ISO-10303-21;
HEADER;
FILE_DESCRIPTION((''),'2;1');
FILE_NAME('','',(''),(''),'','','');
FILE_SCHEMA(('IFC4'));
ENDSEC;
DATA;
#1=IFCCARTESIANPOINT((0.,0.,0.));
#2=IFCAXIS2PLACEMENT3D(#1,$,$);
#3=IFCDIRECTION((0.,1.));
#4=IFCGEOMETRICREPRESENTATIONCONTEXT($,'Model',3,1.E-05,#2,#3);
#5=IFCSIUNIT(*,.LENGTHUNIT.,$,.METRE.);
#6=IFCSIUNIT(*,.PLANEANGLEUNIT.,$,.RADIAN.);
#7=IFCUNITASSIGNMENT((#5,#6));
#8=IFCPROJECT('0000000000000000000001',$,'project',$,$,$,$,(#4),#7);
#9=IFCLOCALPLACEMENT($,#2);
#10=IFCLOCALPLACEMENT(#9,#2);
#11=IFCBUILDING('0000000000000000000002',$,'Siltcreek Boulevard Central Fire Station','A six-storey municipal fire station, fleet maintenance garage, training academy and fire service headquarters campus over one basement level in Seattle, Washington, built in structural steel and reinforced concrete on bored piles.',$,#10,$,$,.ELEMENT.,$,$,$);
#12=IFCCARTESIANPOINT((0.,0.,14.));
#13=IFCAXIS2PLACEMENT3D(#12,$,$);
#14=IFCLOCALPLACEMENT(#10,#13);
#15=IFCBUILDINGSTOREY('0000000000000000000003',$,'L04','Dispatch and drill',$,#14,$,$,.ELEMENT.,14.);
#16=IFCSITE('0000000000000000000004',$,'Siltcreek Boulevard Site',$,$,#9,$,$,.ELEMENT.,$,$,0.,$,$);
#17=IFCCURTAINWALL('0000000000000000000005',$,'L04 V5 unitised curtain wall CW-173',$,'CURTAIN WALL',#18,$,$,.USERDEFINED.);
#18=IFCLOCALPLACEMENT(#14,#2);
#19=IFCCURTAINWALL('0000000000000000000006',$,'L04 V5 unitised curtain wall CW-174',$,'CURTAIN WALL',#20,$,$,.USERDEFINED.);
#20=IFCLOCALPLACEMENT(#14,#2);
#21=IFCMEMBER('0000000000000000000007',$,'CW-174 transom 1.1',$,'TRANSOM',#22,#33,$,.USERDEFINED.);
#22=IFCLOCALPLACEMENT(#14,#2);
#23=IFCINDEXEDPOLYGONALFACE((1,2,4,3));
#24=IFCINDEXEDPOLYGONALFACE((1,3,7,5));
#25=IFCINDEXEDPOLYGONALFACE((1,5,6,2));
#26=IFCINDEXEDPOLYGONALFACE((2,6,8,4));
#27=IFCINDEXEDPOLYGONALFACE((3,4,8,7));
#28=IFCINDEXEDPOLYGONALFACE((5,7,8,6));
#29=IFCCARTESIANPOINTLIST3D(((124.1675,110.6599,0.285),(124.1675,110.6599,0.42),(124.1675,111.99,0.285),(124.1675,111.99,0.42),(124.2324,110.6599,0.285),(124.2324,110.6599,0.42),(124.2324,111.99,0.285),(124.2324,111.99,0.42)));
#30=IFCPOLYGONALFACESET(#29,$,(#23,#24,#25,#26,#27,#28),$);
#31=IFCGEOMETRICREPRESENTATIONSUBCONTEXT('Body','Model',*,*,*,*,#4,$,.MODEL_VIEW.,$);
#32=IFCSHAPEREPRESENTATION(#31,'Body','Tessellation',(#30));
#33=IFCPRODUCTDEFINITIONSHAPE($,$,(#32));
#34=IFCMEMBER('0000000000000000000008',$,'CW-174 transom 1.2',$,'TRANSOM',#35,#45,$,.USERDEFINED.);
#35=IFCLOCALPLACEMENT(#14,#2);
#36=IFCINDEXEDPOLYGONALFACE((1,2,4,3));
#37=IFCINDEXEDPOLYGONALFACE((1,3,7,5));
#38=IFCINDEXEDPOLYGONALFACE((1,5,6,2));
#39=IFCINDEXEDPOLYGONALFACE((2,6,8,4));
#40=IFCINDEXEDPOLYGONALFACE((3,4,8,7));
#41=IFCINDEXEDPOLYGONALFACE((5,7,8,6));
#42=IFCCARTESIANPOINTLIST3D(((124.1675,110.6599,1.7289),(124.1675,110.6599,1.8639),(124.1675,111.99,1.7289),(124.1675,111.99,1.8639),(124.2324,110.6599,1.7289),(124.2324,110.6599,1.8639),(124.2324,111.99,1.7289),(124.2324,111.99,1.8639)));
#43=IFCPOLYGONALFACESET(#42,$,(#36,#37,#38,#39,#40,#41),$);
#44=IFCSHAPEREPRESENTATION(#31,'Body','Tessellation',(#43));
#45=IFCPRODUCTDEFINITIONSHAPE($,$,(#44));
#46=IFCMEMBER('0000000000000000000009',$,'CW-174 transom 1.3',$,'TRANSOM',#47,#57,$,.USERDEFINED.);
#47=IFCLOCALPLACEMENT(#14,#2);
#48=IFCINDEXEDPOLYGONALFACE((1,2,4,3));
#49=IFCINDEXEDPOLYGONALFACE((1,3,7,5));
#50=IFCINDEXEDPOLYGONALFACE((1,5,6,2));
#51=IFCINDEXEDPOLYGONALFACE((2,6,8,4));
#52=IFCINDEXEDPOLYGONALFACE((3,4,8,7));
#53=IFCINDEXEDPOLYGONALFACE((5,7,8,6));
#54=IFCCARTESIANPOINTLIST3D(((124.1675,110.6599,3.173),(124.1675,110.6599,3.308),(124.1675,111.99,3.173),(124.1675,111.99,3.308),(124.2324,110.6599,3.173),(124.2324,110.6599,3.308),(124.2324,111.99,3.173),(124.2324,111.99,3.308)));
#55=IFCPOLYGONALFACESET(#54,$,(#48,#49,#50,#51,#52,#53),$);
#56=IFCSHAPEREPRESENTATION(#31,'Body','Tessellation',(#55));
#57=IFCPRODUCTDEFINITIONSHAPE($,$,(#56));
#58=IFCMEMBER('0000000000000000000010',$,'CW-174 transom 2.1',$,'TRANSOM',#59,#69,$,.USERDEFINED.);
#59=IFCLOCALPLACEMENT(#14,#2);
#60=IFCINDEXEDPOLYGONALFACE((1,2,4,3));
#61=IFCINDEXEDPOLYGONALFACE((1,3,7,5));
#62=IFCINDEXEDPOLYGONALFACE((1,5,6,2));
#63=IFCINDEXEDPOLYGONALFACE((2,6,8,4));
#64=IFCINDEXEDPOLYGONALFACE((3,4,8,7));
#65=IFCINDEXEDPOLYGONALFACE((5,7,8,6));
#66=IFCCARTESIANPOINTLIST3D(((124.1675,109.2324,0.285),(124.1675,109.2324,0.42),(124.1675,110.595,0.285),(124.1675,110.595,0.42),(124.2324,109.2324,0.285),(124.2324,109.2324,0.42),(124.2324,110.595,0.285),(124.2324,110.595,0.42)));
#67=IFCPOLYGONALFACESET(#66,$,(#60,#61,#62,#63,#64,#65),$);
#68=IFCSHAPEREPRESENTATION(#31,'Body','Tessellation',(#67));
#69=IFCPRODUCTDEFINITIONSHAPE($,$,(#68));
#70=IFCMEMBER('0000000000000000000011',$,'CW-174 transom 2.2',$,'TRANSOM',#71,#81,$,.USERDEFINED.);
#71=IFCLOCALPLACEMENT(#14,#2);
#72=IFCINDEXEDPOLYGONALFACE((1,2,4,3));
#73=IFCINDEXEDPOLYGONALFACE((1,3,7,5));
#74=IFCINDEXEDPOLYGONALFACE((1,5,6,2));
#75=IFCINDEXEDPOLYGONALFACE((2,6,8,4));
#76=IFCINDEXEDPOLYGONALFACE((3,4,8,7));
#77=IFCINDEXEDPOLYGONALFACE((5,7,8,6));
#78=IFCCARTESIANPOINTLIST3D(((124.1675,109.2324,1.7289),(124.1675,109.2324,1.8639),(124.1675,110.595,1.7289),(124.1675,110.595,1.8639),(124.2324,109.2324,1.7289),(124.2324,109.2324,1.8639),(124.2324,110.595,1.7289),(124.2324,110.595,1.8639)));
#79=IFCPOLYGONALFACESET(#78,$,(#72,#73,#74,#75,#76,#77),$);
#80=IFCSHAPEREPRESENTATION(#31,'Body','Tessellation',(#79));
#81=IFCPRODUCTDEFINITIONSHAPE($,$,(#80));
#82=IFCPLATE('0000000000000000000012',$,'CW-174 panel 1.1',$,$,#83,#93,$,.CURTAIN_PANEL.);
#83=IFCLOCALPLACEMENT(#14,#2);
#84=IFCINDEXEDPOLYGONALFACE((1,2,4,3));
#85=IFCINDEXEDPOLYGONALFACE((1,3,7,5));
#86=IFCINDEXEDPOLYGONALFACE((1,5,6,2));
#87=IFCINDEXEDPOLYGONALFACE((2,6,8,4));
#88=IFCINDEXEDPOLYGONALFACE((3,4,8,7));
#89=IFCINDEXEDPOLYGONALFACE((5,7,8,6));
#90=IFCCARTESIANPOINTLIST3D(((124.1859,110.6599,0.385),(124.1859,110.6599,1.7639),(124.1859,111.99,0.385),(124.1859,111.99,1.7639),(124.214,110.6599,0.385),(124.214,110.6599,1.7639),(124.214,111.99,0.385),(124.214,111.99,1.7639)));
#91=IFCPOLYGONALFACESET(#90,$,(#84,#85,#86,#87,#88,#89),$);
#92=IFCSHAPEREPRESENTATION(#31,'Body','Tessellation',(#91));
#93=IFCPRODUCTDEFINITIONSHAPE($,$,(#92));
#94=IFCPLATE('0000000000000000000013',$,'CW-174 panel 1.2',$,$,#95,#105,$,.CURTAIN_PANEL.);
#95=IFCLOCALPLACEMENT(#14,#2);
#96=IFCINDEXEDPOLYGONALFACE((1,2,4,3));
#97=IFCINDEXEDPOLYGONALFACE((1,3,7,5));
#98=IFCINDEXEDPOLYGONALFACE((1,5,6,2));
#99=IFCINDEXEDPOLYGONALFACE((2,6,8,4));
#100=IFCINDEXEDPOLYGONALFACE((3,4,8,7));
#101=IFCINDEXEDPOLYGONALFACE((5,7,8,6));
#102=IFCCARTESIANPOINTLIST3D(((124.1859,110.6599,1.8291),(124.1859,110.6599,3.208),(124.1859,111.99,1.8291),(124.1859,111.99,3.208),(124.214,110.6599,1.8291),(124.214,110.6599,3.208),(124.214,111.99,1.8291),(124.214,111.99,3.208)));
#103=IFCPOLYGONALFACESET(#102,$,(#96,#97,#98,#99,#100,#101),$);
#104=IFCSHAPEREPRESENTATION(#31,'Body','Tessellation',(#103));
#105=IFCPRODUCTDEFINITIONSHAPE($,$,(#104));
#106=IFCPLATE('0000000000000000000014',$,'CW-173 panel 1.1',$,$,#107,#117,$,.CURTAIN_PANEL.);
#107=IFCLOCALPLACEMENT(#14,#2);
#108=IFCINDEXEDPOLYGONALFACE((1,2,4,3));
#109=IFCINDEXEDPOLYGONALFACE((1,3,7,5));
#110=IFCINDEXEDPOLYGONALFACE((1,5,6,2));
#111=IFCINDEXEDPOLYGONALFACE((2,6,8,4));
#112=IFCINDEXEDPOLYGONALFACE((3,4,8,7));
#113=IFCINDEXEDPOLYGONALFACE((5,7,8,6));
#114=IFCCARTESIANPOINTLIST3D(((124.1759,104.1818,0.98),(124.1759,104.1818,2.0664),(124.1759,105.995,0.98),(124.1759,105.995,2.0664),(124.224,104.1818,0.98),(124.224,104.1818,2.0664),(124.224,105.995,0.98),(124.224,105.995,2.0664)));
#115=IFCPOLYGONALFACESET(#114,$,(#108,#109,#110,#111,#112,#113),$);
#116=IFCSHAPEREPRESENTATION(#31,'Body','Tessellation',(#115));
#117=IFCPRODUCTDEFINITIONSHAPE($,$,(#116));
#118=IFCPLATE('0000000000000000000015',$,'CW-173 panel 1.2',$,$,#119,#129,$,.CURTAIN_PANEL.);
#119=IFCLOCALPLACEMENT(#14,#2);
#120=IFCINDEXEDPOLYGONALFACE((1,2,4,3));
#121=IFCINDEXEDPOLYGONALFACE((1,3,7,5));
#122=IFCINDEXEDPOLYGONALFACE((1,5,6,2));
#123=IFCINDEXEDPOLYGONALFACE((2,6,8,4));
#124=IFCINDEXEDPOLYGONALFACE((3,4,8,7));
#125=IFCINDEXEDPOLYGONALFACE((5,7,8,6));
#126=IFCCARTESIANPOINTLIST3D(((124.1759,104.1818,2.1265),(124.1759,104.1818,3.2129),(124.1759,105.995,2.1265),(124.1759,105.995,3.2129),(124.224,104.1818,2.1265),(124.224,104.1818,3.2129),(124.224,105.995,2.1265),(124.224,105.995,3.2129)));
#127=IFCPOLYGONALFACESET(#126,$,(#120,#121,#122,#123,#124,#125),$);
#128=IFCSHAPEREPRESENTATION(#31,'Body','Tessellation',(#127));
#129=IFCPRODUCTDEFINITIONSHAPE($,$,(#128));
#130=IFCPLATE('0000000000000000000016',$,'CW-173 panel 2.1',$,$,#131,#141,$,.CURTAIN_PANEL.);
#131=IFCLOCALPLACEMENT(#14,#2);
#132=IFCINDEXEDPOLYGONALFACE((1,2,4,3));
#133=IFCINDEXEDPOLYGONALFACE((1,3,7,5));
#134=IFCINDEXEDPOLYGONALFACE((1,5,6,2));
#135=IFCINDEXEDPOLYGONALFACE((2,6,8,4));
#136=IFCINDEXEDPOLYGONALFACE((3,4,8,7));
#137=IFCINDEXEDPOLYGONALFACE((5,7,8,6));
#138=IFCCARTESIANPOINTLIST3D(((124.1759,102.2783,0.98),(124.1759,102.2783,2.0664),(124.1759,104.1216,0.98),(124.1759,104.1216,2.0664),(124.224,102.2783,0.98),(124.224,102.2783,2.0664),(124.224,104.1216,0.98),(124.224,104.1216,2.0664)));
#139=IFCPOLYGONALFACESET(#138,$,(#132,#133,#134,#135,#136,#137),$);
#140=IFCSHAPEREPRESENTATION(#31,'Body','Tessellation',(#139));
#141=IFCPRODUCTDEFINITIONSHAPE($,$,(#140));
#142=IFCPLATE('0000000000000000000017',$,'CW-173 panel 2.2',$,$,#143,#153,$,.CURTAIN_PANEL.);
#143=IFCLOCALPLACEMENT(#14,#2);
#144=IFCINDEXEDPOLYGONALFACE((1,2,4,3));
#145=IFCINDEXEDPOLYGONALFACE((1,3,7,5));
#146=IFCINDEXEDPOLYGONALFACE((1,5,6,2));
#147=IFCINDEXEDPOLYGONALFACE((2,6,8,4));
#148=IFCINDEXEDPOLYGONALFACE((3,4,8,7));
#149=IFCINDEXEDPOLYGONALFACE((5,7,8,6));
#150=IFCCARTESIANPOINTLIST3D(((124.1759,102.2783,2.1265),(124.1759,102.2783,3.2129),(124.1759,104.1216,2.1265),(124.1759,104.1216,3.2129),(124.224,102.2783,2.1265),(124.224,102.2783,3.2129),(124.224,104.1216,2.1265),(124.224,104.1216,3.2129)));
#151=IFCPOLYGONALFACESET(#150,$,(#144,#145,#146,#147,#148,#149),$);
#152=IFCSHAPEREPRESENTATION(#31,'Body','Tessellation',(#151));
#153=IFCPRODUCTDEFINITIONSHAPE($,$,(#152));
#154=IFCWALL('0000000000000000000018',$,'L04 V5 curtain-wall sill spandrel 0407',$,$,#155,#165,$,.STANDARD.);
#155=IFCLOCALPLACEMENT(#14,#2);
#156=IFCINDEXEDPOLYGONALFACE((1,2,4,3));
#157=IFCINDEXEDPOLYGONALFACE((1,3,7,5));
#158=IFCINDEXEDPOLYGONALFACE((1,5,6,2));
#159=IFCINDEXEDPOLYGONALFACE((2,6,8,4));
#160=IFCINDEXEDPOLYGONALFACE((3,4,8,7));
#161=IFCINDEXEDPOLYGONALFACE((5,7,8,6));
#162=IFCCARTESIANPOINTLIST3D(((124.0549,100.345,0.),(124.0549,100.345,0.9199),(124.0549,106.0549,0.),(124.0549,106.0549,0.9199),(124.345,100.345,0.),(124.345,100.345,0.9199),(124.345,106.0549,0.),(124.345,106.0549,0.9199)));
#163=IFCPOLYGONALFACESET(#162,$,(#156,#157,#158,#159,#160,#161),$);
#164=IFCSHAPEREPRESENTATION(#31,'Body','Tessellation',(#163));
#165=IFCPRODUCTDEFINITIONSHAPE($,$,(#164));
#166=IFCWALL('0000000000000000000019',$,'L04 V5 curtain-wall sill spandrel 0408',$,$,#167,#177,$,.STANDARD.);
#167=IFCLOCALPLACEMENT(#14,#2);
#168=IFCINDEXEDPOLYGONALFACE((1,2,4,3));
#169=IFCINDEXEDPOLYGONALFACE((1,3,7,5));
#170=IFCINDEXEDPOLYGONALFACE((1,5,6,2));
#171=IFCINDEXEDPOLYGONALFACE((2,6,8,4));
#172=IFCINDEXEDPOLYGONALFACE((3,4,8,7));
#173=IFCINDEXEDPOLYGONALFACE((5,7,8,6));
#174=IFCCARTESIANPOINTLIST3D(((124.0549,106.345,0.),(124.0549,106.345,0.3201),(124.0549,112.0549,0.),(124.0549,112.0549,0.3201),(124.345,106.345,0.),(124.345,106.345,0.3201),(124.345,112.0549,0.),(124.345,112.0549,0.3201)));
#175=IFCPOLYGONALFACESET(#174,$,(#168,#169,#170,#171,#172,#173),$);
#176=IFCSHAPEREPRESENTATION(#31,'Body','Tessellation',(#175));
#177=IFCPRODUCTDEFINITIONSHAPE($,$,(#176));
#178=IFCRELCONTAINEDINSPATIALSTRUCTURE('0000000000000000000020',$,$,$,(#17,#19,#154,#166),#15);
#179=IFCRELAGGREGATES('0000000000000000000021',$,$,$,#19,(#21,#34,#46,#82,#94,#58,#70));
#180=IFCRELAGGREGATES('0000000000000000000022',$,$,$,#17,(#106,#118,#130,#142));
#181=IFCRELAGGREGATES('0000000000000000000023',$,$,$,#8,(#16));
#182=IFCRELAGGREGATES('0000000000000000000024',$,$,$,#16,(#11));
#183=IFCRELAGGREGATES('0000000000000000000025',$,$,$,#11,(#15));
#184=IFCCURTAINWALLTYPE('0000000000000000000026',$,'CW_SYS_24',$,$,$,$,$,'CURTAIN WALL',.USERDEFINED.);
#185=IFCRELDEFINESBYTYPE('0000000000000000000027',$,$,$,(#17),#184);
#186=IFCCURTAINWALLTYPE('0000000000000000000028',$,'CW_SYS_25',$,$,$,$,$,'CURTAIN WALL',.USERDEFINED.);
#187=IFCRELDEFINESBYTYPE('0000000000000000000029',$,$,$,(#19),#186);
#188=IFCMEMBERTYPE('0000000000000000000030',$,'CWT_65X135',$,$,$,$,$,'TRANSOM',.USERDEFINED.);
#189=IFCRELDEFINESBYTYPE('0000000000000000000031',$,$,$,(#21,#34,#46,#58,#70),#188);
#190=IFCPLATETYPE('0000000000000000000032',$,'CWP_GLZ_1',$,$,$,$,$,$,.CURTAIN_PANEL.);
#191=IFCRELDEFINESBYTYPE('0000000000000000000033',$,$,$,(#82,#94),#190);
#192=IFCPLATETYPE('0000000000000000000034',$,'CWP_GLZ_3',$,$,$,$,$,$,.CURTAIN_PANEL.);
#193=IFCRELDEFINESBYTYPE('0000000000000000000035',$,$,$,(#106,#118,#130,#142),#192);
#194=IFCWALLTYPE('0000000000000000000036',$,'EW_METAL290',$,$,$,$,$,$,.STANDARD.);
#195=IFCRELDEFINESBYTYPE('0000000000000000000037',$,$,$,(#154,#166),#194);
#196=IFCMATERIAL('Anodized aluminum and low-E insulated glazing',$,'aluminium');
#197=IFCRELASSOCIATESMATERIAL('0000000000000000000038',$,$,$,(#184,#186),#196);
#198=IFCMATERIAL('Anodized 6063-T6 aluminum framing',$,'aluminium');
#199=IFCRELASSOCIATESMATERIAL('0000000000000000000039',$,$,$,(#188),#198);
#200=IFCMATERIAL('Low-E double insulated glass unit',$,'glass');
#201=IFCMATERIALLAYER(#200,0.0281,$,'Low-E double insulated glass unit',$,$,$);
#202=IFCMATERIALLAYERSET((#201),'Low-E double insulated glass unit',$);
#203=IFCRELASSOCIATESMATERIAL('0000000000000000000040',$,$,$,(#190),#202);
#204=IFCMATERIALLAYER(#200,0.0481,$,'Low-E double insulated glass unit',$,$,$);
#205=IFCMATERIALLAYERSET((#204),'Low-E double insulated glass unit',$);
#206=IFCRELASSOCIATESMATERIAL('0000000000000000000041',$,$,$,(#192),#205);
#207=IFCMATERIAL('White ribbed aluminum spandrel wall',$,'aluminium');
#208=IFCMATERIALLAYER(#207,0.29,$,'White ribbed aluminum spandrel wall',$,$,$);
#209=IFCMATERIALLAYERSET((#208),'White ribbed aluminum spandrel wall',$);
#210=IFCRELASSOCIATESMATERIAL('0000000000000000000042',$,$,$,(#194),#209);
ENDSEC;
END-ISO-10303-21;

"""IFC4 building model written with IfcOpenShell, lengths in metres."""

from ifc_helpers import new_model, si_unit, direction, frame, frame_2d, origin, origin_2d, place, context, subcontext, project, spatial, rectangle, extrude, material, layer, layer_set, material_profile, profile_set, type_object, element, aggregate, save


model = new_model("IFC4")

# Units and contexts
model_context = context("Model", 3, precision=1e-05, world=origin(), true_north=direction((0.0, 1.0)))
body_context = subcontext(model_context, "Body", "Model", "MODEL_VIEW")
ifc_project = project(units=[si_unit("LENGTHUNIT", "METRE"), si_unit("PLANEANGLEUNIT", "RADIAN")], contexts=[model_context])

# Site, building, storey
site_placement = place(None, origin())
site = spatial("IfcSite", under=ifc_project, at=site_placement, Name="Siltcreek Boulevard Site", CompositionType="ELEMENT", RefElevation=0.0)
building_placement = place(site_placement, origin())
building = spatial("IfcBuilding", under=site, at=building_placement, Name="Siltcreek Boulevard Central Fire Station", Description="A six-storey municipal fire station, fleet maintenance garage, training academy and fire service headquarters campus over one basement level in Seattle, Washington, built in structural steel and reinforced concrete on bored piles.", CompositionType="ELEMENT")
storey_placement = place(building_placement, frame((0.0, 0.0, 14.0)))
storey = spatial("IfcBuildingStorey", under=building, at=storey_placement, Name="L04", Description="Dispatch and drill", CompositionType="ELEMENT", Elevation=14.0)

# Curtain walls
ifc_material_1 = material(Name="Anodized aluminum and low-E insulated glazing", Category="aluminium")
curtain_wall_type_1 = type_object("IfcCurtainWallType", Name="CW_SYS_24", ElementType="CURTAIN WALL", PredefinedType="USERDEFINED", material=ifc_material_1)
curtain_wall_1_placement = place(storey_placement, origin())
curtain_wall_1 = element("IfcCurtainWall", 1, at=curtain_wall_1_placement, inside=storey, type_object=curtain_wall_type_1, Name="L04 V5 unitised curtain wall CW-173", ObjectType="CURTAIN WALL", PredefinedType="USERDEFINED")
ifc_material_2 = material(Name="Anodized 6063-T6 aluminum framing", Category="aluminium")
curtain_wall_type_2 = type_object("IfcCurtainWallType", Name="CW_SYS_25", ElementType="CURTAIN WALL", PredefinedType="USERDEFINED", material=ifc_material_1)
curtain_wall_2_placement = place(storey_placement, origin())
curtain_wall_2 = element("IfcCurtainWall", 2, at=curtain_wall_2_placement, inside=storey, type_object=curtain_wall_type_2, Name="L04 V5 unitised curtain wall CW-174", ObjectType="CURTAIN WALL", PredefinedType="USERDEFINED")

# Members
ifc_material_profile_1 = material_profile(ifc_material_2, rectangle(XDim=0.0649, YDim=0.135, at=origin_2d()), Name="TRAN65X135")
ifc_profile_set_1 = profile_set([ifc_material_profile_1], Name="Anodized 6063-T6 aluminum framing")
member_type_1 = type_object("IfcMemberType", Name="CWT_65X135", ElementType="TRANSOM", PredefinedType="USERDEFINED", material=ifc_profile_set_1)
member_1_placement = place(storey_placement, frame((124.2, 111.99, 0.3525), z_axis=(0.0, -1.0, 0.0), x_axis=(1.0, 0.0, 0.0)))
member_1 = element("IfcMember", 3, at=member_1_placement, type_object=member_type_1, Name="CW-174 transom 1.1", ObjectType="TRANSOM", PredefinedType="USERDEFINED", context=body_context, shape_type="SweptSolid", body=[
    extrude(rectangle(XDim=0.0649, YDim=0.135, at=origin_2d()), origin(), (0.0, 0.0, 1.0), 1.3301),
])
member_2_placement = place(storey_placement, frame((124.2, 111.99, 1.7964), z_axis=(0.0, -1.0, 0.0), x_axis=(1.0, 0.0, 0.0)))
member_2 = element("IfcMember", 4, at=member_2_placement, type_object=member_type_1, Name="CW-174 transom 1.2", ObjectType="TRANSOM", PredefinedType="USERDEFINED", context=body_context, shape_type="SweptSolid", body=[
    extrude(rectangle(XDim=0.0649, YDim=0.135, at=origin_2d()), origin(), (0.0, 0.0, 1.0), 1.3301),
])
member_3_placement = place(storey_placement, frame((124.2, 111.99, 3.2405), z_axis=(0.0, -1.0, 0.0), x_axis=(1.0, 0.0, 0.0)))
member_3 = element("IfcMember", 5, at=member_3_placement, type_object=member_type_1, Name="CW-174 transom 1.3", ObjectType="TRANSOM", PredefinedType="USERDEFINED", context=body_context, shape_type="SweptSolid", body=[
    extrude(rectangle(XDim=0.0649, YDim=0.135, at=origin_2d()), origin(), (0.0, 0.0, 1.0), 1.3301),
])
member_4_placement = place(storey_placement, frame((124.2, 110.595, 0.3525), z_axis=(0.0, -1.0, 0.0), x_axis=(1.0, 0.0, 0.0)))
member_4 = element("IfcMember", 6, at=member_4_placement, type_object=member_type_1, Name="CW-174 transom 2.1", ObjectType="TRANSOM", PredefinedType="USERDEFINED", context=body_context, shape_type="SweptSolid", body=[
    extrude(rectangle(XDim=0.0649, YDim=0.135, at=origin_2d()), origin(), (0.0, 0.0, 1.0), 1.3625),
])
member_5_placement = place(storey_placement, frame((124.2, 110.595, 1.7964), z_axis=(0.0, -1.0, 0.0), x_axis=(1.0, 0.0, 0.0)))
member_5 = element("IfcMember", 7, at=member_5_placement, type_object=member_type_1, Name="CW-174 transom 2.2", ObjectType="TRANSOM", PredefinedType="USERDEFINED", context=body_context, shape_type="SweptSolid", body=[
    extrude(rectangle(XDim=0.0649, YDim=0.135, at=origin_2d()), origin(), (0.0, 0.0, 1.0), 1.3625),
])

# Plates
ifc_material_3 = material(Name="Low-E double insulated glass unit", Category="glass")
ifc_layer_1 = layer(ifc_material_3, 0.0281, Name="Low-E double insulated glass unit")
ifc_layer_set_1 = layer_set([ifc_layer_1], Name="Low-E double insulated glass unit")
plate_type_1 = type_object("IfcPlateType", Name="CWP_GLZ_1", PredefinedType="CURTAIN_PANEL", material=ifc_layer_set_1)
plate_1_placement = place(storey_placement, frame((124.2, 111.325, 0.385), z_axis=(0.0, 0.0, 1.0), x_axis=(0.0, -1.0, 0.0)))
plate_1 = element("IfcPlate", 8, at=plate_1_placement, type_object=plate_type_1, Name="CW-174 panel 1.1", PredefinedType="CURTAIN_PANEL", context=body_context, shape_type="SweptSolid", body=[
    extrude(rectangle(XDim=1.3301, YDim=0.0281, at=origin_2d()), origin(), (0.0, 0.0, 1.0), 1.3789),
])
plate_2_placement = place(storey_placement, frame((124.2, 111.325, 1.8291), z_axis=(0.0, 0.0, 1.0), x_axis=(0.0, -1.0, 0.0)))
plate_2 = element("IfcPlate", 9, at=plate_2_placement, type_object=plate_type_1, Name="CW-174 panel 1.2", PredefinedType="CURTAIN_PANEL", context=body_context, shape_type="SweptSolid", body=[
    extrude(rectangle(XDim=1.3301, YDim=0.0281, at=origin_2d()), origin(), (0.0, 0.0, 1.0), 1.3789),
])
aggregate(curtain_wall_2, [member_1, member_2, member_3, plate_1, plate_2, member_4, member_5])
ifc_layer_2 = layer(ifc_material_3, 0.0481, Name="Low-E double insulated glass unit")
ifc_layer_set_2 = layer_set([ifc_layer_2], Name="Low-E double insulated glass unit")
plate_type_2 = type_object("IfcPlateType", Name="CWP_GLZ_3", PredefinedType="CURTAIN_PANEL", material=ifc_layer_set_2)
plate_3_placement = place(storey_placement, frame((124.2, 105.0884, 0.98), z_axis=(0.0, 0.0, 1.0), x_axis=(0.0, -1.0, 0.0)))
plate_3 = element("IfcPlate", 10, at=plate_3_placement, type_object=plate_type_2, Name="CW-173 panel 1.1", PredefinedType="CURTAIN_PANEL", context=body_context, shape_type="SweptSolid", body=[
    extrude(rectangle(XDim=1.8132, YDim=0.0481, at=origin_2d()), origin(), (0.0, 0.0, 1.0), 1.0864),
])
plate_4_placement = place(storey_placement, frame((124.2, 105.0884, 2.1265), z_axis=(0.0, 0.0, 1.0), x_axis=(0.0, -1.0, 0.0)))
plate_4 = element("IfcPlate", 11, at=plate_4_placement, type_object=plate_type_2, Name="CW-173 panel 1.2", PredefinedType="CURTAIN_PANEL", context=body_context, shape_type="SweptSolid", body=[
    extrude(rectangle(XDim=1.8132, YDim=0.0481, at=origin_2d()), origin(), (0.0, 0.0, 1.0), 1.0864),
])
plate_5_placement = place(storey_placement, frame((124.2, 103.2, 0.98), z_axis=(0.0, 0.0, 1.0), x_axis=(0.0, -1.0, 0.0)))
plate_5 = element("IfcPlate", 12, at=plate_5_placement, type_object=plate_type_2, Name="CW-173 panel 2.1", PredefinedType="CURTAIN_PANEL", context=body_context, shape_type="SweptSolid", body=[
    extrude(rectangle(XDim=1.8433, YDim=0.0481, at=origin_2d()), origin(), (0.0, 0.0, 1.0), 1.0864),
])
plate_6_placement = place(storey_placement, frame((124.2, 103.2, 2.1265), z_axis=(0.0, 0.0, 1.0), x_axis=(0.0, -1.0, 0.0)))
plate_6 = element("IfcPlate", 13, at=plate_6_placement, type_object=plate_type_2, Name="CW-173 panel 2.2", PredefinedType="CURTAIN_PANEL", context=body_context, shape_type="SweptSolid", body=[
    extrude(rectangle(XDim=1.8433, YDim=0.0481, at=origin_2d()), origin(), (0.0, 0.0, 1.0), 1.0864),
])
aggregate(curtain_wall_1, [plate_3, plate_4, plate_5, plate_6])

# Walls
ifc_material_4 = material(Name="White ribbed aluminum spandrel wall", Category="aluminium")
ifc_layer_3 = layer(ifc_material_4, 0.29, Name="White ribbed aluminum spandrel wall")
ifc_layer_set_3 = layer_set([ifc_layer_3], Name="White ribbed aluminum spandrel wall")
wall_type = type_object("IfcWallType", Name="EW_METAL290", PredefinedType="STANDARD", material=ifc_layer_set_3)
wall_1_placement = place(storey_placement, frame((124.2, 106.0549, 0.0), z_axis=(0.0, 0.0, 1.0), x_axis=(0.0, -1.0, 0.0)))
element("IfcWall", 14, at=wall_1_placement, inside=storey, type_object=wall_type, Name="L04 V5 curtain-wall sill spandrel 0407", PredefinedType="STANDARD", context=body_context, shape_type="SweptSolid", body=[
    extrude(rectangle(XDim=5.71, YDim=0.29, at=frame_2d((2.855, 0.0))), origin(), (0.0, 0.0, 1.0), 0.9199),
])
wall_2_placement = place(storey_placement, frame((124.2, 112.0549, 0.0), z_axis=(0.0, 0.0, 1.0), x_axis=(0.0, -1.0, 0.0)))
element("IfcWall", 15, at=wall_2_placement, inside=storey, type_object=wall_type, Name="L04 V5 curtain-wall sill spandrel 0408", PredefinedType="STANDARD", context=body_context, shape_type="SweptSolid", body=[
    extrude(rectangle(XDim=5.71, YDim=0.29, at=frame_2d((2.855, 0.0))), origin(), (0.0, 0.0, 1.0), 0.3201),
])

save(model, "model.ifc")
